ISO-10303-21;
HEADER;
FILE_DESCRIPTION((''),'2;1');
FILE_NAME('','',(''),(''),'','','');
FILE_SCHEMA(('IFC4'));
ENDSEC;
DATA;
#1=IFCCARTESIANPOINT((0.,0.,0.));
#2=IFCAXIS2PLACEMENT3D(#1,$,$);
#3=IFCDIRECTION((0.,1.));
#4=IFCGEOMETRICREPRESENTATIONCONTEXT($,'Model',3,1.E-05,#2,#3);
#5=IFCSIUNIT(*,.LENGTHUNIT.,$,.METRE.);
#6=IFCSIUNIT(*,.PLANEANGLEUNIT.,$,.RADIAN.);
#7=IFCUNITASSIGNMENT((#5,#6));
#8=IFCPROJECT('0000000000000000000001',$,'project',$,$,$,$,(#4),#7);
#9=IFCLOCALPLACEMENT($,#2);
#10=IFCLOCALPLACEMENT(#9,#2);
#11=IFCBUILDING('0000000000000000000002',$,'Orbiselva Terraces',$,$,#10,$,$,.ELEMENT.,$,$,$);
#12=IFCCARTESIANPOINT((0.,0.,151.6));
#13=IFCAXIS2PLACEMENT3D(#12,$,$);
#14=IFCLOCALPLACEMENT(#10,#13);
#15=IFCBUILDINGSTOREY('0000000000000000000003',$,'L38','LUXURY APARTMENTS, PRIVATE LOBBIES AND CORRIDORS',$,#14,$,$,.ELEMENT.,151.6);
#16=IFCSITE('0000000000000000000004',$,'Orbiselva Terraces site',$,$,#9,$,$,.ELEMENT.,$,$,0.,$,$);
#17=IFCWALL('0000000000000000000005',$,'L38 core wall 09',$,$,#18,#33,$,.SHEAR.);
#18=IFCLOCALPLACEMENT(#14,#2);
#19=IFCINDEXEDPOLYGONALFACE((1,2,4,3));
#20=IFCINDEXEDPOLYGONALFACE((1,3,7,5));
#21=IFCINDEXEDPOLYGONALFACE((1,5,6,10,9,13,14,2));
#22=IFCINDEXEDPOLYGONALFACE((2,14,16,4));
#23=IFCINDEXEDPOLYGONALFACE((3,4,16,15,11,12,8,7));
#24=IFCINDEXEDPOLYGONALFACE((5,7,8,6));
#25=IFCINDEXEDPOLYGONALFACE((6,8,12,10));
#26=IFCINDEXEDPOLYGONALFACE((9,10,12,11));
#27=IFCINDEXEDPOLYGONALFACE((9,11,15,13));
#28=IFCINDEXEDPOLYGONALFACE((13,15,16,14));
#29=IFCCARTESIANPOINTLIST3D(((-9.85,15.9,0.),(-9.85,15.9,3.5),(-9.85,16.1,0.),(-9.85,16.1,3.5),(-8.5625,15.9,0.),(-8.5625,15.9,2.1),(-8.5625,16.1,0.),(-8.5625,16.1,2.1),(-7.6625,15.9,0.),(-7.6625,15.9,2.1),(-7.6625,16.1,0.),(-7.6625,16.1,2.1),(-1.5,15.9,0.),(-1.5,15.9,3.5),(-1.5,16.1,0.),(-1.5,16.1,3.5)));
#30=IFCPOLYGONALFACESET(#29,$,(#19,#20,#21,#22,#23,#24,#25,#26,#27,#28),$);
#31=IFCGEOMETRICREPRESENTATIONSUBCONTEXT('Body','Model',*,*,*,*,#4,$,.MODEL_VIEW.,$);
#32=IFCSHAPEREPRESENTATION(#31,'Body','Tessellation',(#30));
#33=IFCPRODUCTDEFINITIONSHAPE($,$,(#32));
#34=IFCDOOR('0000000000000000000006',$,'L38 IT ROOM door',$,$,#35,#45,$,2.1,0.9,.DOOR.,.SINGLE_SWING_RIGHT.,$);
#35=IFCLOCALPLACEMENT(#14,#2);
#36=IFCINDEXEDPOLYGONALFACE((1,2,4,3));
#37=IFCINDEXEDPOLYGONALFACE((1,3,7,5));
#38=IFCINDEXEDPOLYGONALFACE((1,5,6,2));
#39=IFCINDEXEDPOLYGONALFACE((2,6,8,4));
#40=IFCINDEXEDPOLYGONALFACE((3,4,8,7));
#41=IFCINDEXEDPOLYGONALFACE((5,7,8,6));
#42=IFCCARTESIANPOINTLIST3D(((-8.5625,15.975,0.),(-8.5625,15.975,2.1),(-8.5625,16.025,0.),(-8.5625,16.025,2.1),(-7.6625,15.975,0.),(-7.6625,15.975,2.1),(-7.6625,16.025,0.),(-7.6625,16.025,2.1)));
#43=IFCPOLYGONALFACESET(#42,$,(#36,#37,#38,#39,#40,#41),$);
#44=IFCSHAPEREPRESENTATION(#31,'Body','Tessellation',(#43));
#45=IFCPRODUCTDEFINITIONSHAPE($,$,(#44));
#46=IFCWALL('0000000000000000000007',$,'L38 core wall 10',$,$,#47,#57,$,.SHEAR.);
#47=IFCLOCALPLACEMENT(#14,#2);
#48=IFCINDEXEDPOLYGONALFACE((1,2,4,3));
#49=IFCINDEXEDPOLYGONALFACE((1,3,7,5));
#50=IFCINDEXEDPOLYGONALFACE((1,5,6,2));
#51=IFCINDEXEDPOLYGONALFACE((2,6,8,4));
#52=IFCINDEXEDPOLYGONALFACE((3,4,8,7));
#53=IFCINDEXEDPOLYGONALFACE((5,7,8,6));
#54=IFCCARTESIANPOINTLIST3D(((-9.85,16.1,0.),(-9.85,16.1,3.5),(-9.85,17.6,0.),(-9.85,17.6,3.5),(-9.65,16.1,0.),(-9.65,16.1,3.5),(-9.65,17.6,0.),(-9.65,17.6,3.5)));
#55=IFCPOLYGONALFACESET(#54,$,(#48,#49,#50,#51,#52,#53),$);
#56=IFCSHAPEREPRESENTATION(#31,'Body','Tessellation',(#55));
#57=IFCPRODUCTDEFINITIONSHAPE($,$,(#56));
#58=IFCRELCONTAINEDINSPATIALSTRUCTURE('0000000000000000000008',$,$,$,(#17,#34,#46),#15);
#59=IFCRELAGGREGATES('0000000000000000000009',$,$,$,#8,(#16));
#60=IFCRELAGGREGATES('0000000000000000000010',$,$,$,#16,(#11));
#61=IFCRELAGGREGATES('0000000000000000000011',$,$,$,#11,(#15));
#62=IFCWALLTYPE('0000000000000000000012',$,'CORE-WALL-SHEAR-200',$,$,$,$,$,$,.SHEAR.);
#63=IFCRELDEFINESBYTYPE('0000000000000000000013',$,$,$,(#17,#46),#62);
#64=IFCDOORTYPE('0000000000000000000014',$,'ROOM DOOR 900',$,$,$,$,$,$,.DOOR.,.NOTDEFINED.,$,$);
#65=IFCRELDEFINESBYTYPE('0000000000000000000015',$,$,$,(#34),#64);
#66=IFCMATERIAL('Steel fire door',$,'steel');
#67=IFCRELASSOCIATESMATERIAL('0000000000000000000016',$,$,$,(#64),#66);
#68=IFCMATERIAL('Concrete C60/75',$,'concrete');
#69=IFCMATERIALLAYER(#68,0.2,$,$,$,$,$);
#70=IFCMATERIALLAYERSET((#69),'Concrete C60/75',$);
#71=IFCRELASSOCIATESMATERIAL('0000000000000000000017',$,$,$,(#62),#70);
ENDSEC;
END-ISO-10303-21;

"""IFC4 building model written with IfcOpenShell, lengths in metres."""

from ifc_helpers import new_model, si_unit, direction, frame, frame_2d, origin, place, context, subcontext, project, spatial, rectangle, extrude, material, layer, layer_set, type_object, element, fill, save


model = new_model("IFC4")

# Units and contexts
model_context = context("Model", 3, precision=1e-05, world=origin(), true_north=direction((0.0, 1.0)))
body_context = subcontext(model_context, "Body", "Model", "MODEL_VIEW")
ifc_project = project(units=[si_unit("LENGTHUNIT", "METRE"), si_unit("PLANEANGLEUNIT", "RADIAN")], contexts=[model_context])

# Site, building, storey
site_placement = place(None, origin())
site = spatial("IfcSite", under=ifc_project, at=site_placement, Name="Orbiselva Terraces site", CompositionType="ELEMENT", RefElevation=0.0)
building_placement = place(site_placement, origin())
building = spatial("IfcBuilding", under=site, at=building_placement, Name="Orbiselva Terraces", CompositionType="ELEMENT")
storey_placement = place(building_placement, frame((0.0, 0.0, 151.6)))
storey = spatial("IfcBuildingStorey", under=building, at=storey_placement, Name="L38", Description="LUXURY APARTMENTS, PRIVATE LOBBIES AND CORRIDORS", CompositionType="ELEMENT", Elevation=151.6)

# Shared definitions
ifc_material_1 = material(Name="Steel fire door", Category="steel")
door_type_1 = type_object("IfcDoorType", Name="ROOM DOOR 900", OperationType="NOTDEFINED", PredefinedType="DOOR", material=ifc_material_1)

# Shared definitions
ifc_material_2 = material(Name="Concrete C60/75", Category="concrete")
ifc_layer_1 = layer(ifc_material_2, 0.2)
ifc_layer_set_1 = layer_set([ifc_layer_1], Name="Concrete C60/75")
wall_type_1 = type_object("IfcWallType", Name="CORE-WALL-SHEAR-200", PredefinedType="SHEAR", material=ifc_layer_set_1)

# Wall, opening, door
wall_1_placement = place(storey_placement, frame((-1.5, 16.0, 0.0), z_axis=(0.0, 0.0, 1.0), x_axis=(-1.0, 0.0, 0.0)))
wall_1 = element("IfcWall", 1, at=wall_1_placement, inside=storey, type_object=wall_type_1, Name="L38 core wall 09", PredefinedType="SHEAR", context=body_context, shape_type="SweptSolid", body=[
    extrude(rectangle(XDim=8.35, YDim=0.2, at=frame_2d((4.175, 0.0))), origin(), (0.0, 0.0, 1.0), 3.5),
])
opening_1_placement = place(wall_1_placement, frame((6.1625, 0.0, 0.0)))
opening_1 = element("IfcOpeningElement", 2, at=opening_1_placement, cuts=wall_1, PredefinedType="OPENING", context=body_context, shape_type="SweptSolid", body=[
    extrude(rectangle(XDim=0.9, YDim=2.1, at=frame_2d((0.45, 1.05))), frame((0.0, 0.11, 0.0), z_axis=(0.0, -1.0, 0.0), x_axis=(1.0, 0.0, 0.0)), (0.0, 0.0, 1.0), 0.22),
])
door_1_placement = place(opening_1_placement, origin())
door_1 = element("IfcDoor", 3, at=door_1_placement, inside=storey, type_object=door_type_1, Name="L38 IT ROOM door", OperationType="SINGLE_SWING_RIGHT", OverallHeight=2.1, OverallWidth=0.9, PredefinedType="DOOR", context=body_context, shape_type="SweptSolid", body=[
    extrude(rectangle(XDim=0.9, YDim=2.1, at=frame_2d((0.45, 1.05))), frame((0.0, 0.025, 0.0), z_axis=(0.0, -1.0, 0.0), x_axis=(1.0, 0.0, 0.0)), (0.0, 0.0, 1.0), 0.05),
])
fill(opening_1, door_1)

# Wall
wall_2_placement = place(storey_placement, frame((-9.75, 16.1, 0.0), z_axis=(0.0, 0.0, 1.0), x_axis=(0.0, 1.0, 0.0)))
element("IfcWall", 4, at=wall_2_placement, inside=storey, type_object=wall_type_1, Name="L38 core wall 10", PredefinedType="SHEAR", context=body_context, shape_type="SweptSolid", body=[
    extrude(rectangle(XDim=1.5, YDim=0.2, at=frame_2d((0.75, 0.0))), origin(), (0.0, 0.0, 1.0), 3.5),
])

save(model, "model.ifc")
